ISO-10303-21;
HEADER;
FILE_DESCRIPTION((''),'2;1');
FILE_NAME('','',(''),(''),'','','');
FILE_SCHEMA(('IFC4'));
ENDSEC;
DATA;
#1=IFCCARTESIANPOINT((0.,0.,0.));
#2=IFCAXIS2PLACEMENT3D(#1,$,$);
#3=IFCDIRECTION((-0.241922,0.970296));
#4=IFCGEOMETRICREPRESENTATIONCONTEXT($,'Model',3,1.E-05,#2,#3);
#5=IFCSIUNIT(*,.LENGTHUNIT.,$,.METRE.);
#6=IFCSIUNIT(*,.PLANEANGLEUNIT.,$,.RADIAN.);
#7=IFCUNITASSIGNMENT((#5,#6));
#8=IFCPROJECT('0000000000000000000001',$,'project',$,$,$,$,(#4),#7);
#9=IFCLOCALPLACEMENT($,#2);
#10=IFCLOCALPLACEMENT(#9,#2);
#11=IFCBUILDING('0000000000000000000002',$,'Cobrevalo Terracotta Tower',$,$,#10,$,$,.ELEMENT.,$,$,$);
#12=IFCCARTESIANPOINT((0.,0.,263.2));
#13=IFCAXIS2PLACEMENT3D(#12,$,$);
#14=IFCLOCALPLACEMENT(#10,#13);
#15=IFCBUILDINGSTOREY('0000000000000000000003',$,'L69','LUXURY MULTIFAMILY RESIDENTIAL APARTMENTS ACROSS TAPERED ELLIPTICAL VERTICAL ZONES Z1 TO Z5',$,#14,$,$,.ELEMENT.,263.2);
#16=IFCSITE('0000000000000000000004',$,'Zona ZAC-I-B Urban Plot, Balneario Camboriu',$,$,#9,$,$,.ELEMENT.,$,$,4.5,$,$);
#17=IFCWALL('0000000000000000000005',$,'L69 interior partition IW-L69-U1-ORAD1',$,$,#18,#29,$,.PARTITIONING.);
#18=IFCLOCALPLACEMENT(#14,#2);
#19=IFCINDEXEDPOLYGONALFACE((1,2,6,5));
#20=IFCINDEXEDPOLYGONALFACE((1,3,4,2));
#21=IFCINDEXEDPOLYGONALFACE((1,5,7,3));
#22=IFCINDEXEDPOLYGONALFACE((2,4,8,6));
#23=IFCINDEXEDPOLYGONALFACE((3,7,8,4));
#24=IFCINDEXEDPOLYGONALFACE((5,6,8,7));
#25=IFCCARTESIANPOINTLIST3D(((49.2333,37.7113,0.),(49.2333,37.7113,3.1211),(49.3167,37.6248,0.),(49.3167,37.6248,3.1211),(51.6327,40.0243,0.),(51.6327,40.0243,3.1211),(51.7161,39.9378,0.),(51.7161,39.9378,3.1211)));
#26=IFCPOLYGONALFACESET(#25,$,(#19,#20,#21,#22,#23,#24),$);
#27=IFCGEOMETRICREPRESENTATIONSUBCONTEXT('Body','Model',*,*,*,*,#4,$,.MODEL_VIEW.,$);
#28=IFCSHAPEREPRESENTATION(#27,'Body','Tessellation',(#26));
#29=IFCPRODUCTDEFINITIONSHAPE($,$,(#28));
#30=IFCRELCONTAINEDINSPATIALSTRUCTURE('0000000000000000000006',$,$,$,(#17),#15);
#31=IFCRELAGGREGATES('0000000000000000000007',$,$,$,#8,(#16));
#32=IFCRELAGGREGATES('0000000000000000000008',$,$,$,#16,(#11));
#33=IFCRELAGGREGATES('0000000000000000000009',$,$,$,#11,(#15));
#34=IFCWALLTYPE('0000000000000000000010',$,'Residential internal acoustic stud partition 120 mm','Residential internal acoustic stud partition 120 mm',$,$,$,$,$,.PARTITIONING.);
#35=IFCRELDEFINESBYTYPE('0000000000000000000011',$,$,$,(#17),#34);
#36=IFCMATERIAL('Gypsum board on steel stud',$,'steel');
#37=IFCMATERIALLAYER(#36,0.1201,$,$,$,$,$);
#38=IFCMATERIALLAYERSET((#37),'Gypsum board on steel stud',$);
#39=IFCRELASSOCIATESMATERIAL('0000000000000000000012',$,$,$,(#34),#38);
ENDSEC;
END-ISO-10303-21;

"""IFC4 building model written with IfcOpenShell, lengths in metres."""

from ifc_helpers import new_model, si_unit, direction, frame, frame_2d, origin, place, context, subcontext, project, spatial, rectangle, extrude, material, layer, layer_set, type_object, element, save


model = new_model("IFC4")

# Units and contexts
model_context = context("Model", 3, precision=1e-05, world=origin(), true_north=direction((-0.241922, 0.970296)))
body_context = subcontext(model_context, "Body", "Model", "MODEL_VIEW")
ifc_project = project(units=[si_unit("LENGTHUNIT", "METRE"), si_unit("PLANEANGLEUNIT", "RADIAN")], contexts=[model_context])

# Site, building, storey
site_placement = place(None, origin())
site = spatial("IfcSite", under=ifc_project, at=site_placement, Name="Zona ZAC-I-B Urban Plot, Balneario Camboriu", CompositionType="ELEMENT", RefElevation=4.5)
building_placement = place(site_placement, origin())
building = spatial("IfcBuilding", under=site, at=building_placement, Name="Cobrevalo Terracotta Tower", CompositionType="ELEMENT")
storey_placement = place(building_placement, frame((0.0, 0.0, 263.2)))
storey = spatial("IfcBuildingStorey", under=building, at=storey_placement, Name="L69", Description="LUXURY MULTIFAMILY RESIDENTIAL APARTMENTS ACROSS TAPERED ELLIPTICAL VERTICAL ZONES Z1 TO Z5", CompositionType="ELEMENT", Elevation=263.2)

# Shared definitions
ifc_material_1 = material(Name="Gypsum board on steel stud", Category="steel")
ifc_layer_1 = layer(ifc_material_1, 0.1201)
ifc_layer_set_1 = layer_set([ifc_layer_1], Name="Gypsum board on steel stud")
wall_type = type_object("IfcWallType", Name="Residential internal acoustic stud partition 120 mm", Description="Residential internal acoustic stud partition 120 mm", PredefinedType="PARTITIONING", material=ifc_layer_set_1)

# Wall
wall_1_placement = place(storey_placement, frame((49.2749, 37.668, 0.0), z_axis=(0.0, 0.0, 1.0), x_axis=(0.719954, 0.694022, 0.0)))
element("IfcWall", 1, at=wall_1_placement, inside=storey, type_object=wall_type, Name="L69 interior partition IW-L69-U1-ORAD1", PredefinedType="PARTITIONING", context=body_context, shape_type="SweptSolid", body=[
    extrude(rectangle(XDim=3.3328, YDim=0.1201, at=frame_2d((1.6665, 0.0))), origin(), (0.0, 0.0, 1.0), 3.1211),
])

save(model, "model.ifc")
